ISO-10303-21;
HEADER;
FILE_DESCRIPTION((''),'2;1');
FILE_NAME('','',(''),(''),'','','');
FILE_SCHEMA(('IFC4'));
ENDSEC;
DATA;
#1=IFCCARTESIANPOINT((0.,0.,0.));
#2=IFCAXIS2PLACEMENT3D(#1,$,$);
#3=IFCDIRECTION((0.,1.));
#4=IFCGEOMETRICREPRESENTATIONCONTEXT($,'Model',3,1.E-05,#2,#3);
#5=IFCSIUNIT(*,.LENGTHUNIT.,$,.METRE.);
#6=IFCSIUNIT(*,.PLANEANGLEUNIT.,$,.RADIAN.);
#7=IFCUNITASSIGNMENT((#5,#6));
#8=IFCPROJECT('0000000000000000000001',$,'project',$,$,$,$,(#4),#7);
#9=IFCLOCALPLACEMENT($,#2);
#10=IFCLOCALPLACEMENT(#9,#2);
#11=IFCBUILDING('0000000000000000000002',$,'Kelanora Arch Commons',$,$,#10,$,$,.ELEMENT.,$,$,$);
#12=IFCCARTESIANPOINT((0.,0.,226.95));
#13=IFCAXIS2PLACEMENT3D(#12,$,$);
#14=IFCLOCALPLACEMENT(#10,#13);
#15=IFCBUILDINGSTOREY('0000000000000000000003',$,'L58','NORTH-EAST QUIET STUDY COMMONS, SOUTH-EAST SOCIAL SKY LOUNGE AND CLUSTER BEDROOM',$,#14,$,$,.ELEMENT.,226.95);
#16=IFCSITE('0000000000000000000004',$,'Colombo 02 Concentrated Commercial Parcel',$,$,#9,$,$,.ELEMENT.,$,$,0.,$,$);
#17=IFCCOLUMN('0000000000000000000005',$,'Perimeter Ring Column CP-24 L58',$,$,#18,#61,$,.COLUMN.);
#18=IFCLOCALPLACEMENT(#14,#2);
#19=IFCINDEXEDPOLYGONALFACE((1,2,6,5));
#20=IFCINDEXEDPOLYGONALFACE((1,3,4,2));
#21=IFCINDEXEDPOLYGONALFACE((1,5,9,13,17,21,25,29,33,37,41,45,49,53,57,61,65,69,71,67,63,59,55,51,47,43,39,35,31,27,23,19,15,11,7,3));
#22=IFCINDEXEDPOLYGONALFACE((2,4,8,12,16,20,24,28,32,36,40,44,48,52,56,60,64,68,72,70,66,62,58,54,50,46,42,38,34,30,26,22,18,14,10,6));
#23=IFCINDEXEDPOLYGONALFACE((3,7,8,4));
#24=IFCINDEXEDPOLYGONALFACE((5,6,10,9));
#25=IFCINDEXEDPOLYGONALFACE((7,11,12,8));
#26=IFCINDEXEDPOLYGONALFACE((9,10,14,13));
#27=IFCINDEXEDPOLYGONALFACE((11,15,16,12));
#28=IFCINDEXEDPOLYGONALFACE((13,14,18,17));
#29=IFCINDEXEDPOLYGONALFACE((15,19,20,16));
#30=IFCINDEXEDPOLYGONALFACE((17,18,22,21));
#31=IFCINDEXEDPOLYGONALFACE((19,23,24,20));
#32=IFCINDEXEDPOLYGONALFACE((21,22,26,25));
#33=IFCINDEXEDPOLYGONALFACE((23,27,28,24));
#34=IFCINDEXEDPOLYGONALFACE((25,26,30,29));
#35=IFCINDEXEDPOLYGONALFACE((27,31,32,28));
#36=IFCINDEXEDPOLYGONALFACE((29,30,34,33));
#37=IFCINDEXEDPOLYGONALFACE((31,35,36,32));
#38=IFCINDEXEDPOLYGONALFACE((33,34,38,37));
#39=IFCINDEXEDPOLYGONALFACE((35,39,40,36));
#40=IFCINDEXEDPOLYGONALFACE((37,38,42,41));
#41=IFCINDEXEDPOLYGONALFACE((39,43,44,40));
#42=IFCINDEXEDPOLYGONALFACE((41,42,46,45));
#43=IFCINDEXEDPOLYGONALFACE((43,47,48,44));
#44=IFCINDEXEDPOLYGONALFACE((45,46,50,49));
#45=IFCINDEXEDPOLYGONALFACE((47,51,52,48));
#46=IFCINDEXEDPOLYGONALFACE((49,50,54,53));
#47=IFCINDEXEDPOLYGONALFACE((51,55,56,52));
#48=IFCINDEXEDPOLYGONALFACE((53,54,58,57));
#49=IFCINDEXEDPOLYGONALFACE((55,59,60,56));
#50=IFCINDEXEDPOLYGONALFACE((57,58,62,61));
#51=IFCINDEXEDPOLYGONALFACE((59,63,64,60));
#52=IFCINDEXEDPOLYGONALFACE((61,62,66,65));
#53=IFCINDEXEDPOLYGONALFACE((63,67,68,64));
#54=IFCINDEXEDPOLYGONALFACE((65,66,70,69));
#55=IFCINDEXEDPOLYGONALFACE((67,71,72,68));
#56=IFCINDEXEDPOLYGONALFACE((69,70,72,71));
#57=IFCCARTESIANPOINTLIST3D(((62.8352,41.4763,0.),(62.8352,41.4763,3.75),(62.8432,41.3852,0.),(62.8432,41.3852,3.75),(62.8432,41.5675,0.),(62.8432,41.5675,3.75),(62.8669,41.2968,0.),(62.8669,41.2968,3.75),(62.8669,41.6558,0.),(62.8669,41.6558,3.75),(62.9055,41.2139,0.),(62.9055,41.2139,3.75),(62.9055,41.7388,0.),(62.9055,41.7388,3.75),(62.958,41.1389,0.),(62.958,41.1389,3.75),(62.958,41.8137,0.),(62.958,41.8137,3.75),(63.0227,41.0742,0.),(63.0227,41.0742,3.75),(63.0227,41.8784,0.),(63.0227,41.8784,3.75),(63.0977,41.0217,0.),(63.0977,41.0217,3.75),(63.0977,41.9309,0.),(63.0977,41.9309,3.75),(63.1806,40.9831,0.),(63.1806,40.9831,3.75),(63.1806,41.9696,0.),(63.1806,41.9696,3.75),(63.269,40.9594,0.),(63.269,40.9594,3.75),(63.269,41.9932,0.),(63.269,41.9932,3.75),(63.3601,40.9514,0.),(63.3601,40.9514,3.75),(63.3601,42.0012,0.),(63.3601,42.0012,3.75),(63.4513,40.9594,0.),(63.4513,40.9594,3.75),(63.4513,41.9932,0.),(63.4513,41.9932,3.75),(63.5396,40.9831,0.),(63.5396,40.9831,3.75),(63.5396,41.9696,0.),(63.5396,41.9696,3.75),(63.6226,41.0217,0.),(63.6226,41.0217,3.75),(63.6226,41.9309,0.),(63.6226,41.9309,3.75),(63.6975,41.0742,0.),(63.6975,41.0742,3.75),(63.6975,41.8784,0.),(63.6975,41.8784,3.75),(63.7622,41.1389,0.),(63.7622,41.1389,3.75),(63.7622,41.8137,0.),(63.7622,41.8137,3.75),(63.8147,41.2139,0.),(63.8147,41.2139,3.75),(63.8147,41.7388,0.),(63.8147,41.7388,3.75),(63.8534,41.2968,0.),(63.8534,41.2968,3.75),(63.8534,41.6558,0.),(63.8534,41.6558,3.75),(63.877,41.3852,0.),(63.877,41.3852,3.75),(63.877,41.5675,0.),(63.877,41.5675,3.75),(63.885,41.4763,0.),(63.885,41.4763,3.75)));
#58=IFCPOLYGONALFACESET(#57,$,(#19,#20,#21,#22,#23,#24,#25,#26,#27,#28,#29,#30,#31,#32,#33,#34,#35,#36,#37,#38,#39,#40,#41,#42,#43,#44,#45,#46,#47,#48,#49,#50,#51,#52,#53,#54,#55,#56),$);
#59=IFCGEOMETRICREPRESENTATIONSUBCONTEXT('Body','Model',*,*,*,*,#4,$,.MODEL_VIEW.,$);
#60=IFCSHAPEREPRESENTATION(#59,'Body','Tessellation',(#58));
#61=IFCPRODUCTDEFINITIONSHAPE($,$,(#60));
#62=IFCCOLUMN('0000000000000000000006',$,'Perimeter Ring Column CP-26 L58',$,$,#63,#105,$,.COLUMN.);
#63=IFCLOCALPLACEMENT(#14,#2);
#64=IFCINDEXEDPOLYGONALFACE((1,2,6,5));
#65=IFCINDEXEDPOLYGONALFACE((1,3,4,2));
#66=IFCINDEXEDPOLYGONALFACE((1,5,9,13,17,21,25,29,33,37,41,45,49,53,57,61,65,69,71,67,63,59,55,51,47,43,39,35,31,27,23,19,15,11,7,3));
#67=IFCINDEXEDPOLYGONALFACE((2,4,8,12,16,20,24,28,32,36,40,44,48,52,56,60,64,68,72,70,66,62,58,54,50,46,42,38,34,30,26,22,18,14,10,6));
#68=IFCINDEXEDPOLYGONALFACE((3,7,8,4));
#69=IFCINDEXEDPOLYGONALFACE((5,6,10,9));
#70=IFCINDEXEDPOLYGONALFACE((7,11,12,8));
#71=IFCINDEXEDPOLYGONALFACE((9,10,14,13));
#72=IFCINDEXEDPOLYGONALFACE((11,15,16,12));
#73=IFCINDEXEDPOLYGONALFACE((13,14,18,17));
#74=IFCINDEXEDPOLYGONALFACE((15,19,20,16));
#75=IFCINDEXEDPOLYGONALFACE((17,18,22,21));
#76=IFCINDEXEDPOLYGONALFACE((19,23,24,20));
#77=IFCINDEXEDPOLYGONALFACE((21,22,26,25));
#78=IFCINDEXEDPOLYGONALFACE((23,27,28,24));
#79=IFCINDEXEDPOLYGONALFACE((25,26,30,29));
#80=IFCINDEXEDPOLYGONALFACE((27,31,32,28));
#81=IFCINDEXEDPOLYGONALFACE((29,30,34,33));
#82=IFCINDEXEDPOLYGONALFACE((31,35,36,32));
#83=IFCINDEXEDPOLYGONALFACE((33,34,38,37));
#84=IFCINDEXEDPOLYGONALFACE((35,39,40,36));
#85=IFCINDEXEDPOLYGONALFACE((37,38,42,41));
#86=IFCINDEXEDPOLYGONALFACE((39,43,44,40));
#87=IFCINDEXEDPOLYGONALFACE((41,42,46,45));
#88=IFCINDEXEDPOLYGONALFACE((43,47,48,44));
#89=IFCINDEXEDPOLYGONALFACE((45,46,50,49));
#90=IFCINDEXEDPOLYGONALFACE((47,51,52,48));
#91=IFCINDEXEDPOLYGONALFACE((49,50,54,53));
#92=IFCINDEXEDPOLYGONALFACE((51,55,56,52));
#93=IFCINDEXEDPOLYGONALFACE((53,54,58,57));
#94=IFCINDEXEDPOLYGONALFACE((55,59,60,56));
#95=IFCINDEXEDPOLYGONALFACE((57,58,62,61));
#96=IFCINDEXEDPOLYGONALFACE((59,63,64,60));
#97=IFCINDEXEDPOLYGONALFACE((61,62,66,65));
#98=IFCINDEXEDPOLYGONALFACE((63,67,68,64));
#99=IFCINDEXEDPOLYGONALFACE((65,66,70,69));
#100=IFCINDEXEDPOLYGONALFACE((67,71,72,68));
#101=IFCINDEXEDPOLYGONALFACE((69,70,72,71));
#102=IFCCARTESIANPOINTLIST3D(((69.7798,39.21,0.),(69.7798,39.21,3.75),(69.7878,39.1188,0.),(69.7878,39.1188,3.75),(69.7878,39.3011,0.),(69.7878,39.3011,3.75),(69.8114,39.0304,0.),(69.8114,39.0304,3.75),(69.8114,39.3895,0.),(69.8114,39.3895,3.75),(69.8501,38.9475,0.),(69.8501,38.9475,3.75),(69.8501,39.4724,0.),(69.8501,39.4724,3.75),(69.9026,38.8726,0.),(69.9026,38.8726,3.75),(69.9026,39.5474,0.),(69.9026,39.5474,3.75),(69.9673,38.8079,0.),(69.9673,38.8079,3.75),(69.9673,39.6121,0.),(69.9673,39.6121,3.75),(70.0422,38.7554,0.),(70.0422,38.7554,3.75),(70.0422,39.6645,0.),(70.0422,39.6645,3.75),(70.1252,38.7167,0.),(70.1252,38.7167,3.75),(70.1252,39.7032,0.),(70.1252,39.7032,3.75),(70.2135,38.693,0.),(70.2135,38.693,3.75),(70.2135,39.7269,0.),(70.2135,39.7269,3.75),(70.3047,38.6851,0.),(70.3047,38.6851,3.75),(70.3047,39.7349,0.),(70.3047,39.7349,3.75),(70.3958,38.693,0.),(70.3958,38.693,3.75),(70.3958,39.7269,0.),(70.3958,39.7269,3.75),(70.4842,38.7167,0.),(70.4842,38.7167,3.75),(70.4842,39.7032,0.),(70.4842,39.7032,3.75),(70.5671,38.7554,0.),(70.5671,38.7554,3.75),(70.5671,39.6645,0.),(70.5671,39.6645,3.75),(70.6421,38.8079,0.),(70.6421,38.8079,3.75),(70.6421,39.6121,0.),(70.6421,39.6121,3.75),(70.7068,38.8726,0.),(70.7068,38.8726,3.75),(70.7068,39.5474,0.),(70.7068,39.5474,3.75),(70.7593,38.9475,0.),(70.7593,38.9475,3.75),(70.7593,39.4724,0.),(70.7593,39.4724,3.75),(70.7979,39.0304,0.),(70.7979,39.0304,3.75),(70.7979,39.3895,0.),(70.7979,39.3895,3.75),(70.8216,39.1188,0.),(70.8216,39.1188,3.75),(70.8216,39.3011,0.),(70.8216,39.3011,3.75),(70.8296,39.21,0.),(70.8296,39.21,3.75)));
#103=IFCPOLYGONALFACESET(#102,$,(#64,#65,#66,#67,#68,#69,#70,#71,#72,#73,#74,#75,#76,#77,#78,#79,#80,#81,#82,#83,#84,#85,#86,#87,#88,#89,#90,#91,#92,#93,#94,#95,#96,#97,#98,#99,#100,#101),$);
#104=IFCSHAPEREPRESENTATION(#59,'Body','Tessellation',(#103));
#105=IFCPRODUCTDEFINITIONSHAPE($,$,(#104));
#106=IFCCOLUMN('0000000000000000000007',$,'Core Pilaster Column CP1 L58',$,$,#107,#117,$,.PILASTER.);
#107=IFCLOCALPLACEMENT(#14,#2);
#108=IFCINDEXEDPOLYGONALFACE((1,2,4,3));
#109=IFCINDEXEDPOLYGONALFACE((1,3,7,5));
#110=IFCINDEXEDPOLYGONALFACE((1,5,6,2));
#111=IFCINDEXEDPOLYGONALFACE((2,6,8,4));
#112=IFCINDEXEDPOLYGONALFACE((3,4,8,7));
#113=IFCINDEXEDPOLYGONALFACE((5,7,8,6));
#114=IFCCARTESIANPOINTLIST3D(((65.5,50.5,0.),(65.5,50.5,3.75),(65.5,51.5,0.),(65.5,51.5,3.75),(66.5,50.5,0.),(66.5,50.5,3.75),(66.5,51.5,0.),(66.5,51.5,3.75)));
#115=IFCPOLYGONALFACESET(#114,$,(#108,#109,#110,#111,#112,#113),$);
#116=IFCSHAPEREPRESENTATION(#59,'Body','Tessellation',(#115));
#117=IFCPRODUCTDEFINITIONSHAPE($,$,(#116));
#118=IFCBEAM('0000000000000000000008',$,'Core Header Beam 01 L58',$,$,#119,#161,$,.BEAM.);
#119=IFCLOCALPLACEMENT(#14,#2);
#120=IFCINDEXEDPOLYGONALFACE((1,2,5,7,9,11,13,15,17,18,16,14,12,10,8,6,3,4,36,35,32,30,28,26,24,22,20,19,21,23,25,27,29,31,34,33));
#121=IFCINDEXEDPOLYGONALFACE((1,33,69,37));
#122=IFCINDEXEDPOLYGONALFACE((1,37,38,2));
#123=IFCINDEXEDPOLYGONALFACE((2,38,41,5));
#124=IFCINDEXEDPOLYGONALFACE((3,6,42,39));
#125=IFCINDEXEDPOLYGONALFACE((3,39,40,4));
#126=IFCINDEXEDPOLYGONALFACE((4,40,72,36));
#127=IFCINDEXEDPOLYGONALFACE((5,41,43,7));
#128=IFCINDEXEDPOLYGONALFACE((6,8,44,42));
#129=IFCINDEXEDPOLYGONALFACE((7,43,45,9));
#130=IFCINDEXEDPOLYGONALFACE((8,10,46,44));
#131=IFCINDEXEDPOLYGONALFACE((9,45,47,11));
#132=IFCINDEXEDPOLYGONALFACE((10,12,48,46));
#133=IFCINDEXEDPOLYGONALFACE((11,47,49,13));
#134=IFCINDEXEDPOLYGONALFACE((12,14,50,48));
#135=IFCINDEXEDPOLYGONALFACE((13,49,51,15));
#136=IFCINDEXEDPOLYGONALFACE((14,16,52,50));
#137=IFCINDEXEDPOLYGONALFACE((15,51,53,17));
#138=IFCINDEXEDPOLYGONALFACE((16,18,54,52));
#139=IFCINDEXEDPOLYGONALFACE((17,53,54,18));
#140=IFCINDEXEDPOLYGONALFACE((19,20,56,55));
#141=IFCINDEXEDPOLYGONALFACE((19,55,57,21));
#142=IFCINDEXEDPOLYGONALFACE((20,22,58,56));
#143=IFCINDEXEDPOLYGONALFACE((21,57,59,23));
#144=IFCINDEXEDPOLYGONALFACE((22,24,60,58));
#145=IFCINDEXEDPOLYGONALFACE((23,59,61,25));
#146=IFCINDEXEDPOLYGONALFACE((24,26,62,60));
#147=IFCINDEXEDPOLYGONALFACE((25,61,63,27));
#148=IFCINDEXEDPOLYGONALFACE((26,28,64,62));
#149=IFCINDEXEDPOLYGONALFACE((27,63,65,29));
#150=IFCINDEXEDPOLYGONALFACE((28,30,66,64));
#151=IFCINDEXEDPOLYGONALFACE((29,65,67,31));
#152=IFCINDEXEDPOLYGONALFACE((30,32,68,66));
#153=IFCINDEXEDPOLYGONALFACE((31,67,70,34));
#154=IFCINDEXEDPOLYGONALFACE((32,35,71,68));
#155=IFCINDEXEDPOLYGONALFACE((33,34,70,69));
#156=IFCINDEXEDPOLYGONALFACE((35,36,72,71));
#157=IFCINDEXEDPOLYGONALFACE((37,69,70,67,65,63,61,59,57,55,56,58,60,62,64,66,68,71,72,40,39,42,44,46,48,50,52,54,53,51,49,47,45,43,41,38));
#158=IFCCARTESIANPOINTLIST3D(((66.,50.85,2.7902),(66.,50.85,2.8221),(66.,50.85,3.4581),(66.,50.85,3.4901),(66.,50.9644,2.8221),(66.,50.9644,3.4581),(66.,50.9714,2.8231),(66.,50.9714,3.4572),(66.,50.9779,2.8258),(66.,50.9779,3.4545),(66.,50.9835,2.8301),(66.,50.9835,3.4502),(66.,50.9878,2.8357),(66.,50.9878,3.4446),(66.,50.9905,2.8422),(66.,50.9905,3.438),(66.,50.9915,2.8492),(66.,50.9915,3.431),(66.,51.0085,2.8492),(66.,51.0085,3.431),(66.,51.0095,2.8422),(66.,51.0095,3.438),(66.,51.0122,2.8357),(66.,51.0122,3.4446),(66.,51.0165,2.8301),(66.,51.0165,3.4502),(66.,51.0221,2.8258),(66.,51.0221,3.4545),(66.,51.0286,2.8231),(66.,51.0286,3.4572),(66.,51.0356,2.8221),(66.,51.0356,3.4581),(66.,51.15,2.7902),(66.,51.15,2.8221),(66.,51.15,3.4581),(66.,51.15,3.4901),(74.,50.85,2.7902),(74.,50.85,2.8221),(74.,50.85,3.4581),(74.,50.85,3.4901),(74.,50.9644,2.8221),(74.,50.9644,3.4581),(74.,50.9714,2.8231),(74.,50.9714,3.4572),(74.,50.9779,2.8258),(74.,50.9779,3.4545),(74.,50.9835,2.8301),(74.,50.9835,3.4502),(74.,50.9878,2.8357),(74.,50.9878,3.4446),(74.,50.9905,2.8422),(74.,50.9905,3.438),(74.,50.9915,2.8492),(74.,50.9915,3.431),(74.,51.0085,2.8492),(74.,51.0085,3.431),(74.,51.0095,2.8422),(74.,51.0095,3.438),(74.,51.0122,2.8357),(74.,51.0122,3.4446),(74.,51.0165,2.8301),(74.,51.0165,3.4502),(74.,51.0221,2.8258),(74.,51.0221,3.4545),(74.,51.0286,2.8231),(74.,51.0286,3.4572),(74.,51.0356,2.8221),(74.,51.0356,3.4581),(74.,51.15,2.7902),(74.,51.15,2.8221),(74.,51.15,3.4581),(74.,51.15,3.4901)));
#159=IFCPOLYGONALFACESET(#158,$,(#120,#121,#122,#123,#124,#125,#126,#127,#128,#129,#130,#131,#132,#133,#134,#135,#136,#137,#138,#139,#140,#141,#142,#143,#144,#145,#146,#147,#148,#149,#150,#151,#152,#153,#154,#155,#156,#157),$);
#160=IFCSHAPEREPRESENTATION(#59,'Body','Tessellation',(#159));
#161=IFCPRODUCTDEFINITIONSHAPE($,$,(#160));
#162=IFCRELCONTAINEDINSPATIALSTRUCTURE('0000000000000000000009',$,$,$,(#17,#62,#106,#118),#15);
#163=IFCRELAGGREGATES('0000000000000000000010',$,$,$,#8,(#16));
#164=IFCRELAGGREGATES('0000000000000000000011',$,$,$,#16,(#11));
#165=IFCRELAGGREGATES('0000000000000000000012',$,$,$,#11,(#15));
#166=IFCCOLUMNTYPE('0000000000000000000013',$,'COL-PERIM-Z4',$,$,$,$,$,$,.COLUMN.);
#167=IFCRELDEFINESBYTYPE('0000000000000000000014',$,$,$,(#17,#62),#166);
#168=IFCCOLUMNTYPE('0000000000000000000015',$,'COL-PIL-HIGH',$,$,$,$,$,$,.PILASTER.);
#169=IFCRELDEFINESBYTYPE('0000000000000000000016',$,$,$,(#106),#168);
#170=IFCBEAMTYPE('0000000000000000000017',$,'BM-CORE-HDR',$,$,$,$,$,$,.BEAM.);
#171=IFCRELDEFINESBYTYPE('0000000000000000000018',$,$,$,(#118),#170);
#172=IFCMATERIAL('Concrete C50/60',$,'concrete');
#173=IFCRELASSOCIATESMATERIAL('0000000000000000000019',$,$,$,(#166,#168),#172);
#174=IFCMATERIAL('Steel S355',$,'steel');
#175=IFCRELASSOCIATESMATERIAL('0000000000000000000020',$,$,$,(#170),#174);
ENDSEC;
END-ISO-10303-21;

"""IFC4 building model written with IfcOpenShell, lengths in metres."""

from ifc_helpers import new_model, si_unit, direction, frame, origin, origin_2d, place, context, subcontext, project, spatial, rectangle, circle, i_section, extrude, material, material_profile, profile_set, type_object, element, save


model = new_model("IFC4")

# Units and contexts
model_context = context("Model", 3, precision=1e-05, world=origin(), true_north=direction((0.0, 1.0)))
body_context = subcontext(model_context, "Body", "Model", "MODEL_VIEW")
ifc_project = project(units=[si_unit("LENGTHUNIT", "METRE"), si_unit("PLANEANGLEUNIT", "RADIAN")], contexts=[model_context])

# Site, building, storey
site_placement = place(None, origin())
site = spatial("IfcSite", under=ifc_project, at=site_placement, Name="Colombo 02 Concentrated Commercial Parcel", CompositionType="ELEMENT", RefElevation=0.0)
building_placement = place(site_placement, origin())
building = spatial("IfcBuilding", under=site, at=building_placement, Name="Kelanora Arch Commons", CompositionType="ELEMENT")
storey_placement = place(building_placement, frame((0.0, 0.0, 226.95)))
storey = spatial("IfcBuildingStorey", under=building, at=storey_placement, Name="L58", Description="NORTH-EAST QUIET STUDY COMMONS, SOUTH-EAST SOCIAL SKY LOUNGE AND CLUSTER BEDROOM", CompositionType="ELEMENT", Elevation=226.95)

# Columns
ifc_material_1 = material(Name="Concrete C50/60", Category="concrete")
ifc_material_profile_1 = material_profile(ifc_material_1, circle(Radius=0.5249, at=origin_2d()), Name="RCC1050")
ifc_profile_set_1 = profile_set([ifc_material_profile_1], Name="Concrete C50/60")
column_type_1 = type_object("IfcColumnType", Name="COL-PERIM-Z4", PredefinedType="COLUMN", material=ifc_profile_set_1)
for number, where, z_axis, x_axis, name in (
    (1, (63.3601, 41.4763, 0.0), (0.0, 0.0, 1.0), (1.0, 0.0, 0.0), "Perimeter Ring Column CP-24 L58"),
    (2, (70.3047, 39.21, 0.0), (0.0, 0.0, 1.0), (1.0, 0.0, 0.0), "Perimeter Ring Column CP-26 L58"),
):
    element("IfcColumn", number, at=place(storey_placement, frame(where, z_axis=z_axis, x_axis=x_axis)), inside=storey, type_object=column_type_1, Name=name, PredefinedType="COLUMN", context=body_context, shape_type="SweptSolid", body=[
        extrude(circle(Radius=0.5249, at=origin_2d()), origin(), (0.0, 0.0, 1.0), 3.75),
    ])
ifc_material_profile_2 = material_profile(ifc_material_1, rectangle(XDim=1.0, YDim=1.0, at=origin_2d()), Name="RC1000x1000")
ifc_profile_set_2 = profile_set([ifc_material_profile_2], Name="Concrete C50/60")
column_type_2 = type_object("IfcColumnType", Name="COL-PIL-HIGH", PredefinedType="PILASTER", material=ifc_profile_set_2)
column_placement = place(storey_placement, frame((66.0, 51.0, 0.0), z_axis=(0.0, 0.0, 1.0), x_axis=(1.0, 0.0, 0.0)))
element("IfcColumn", 3, at=column_placement, inside=storey, type_object=column_type_2, Name="Core Pilaster Column CP1 L58", PredefinedType="PILASTER", context=body_context, shape_type="SweptSolid", body=[
    extrude(rectangle(XDim=1.0, YDim=1.0, at=origin_2d()), origin(), (0.0, 0.0, 1.0), 3.75),
])

# Beam
ifc_material_2 = material(Name="Steel S355", Category="steel")
ifc_material_profile_3 = material_profile(ifc_material_2, i_section(OverallWidth=0.3, OverallDepth=0.7, WebThickness=0.0171, FlangeThickness=0.032, FilletRadius=0.0271, at=origin_2d()), Name="HEB700")
ifc_profile_set_3 = profile_set([ifc_material_profile_3], Name="Steel S355")
beam_type_1 = type_object("IfcBeamType", Name="BM-CORE-HDR", PredefinedType="BEAM", material=ifc_profile_set_3)
beam_1_placement = place(storey_placement, frame((66.0, 51.0, 3.1401), z_axis=(1.0, 0.0, 0.0), x_axis=(0.0, 1.0, 0.0)))
element("IfcBeam", 4, at=beam_1_placement, inside=storey, type_object=beam_type_1, Name="Core Header Beam 01 L58", PredefinedType="BEAM", context=body_context, shape_type="SweptSolid", body=[
    extrude(i_section(OverallWidth=0.3, OverallDepth=0.7, WebThickness=0.0171, FlangeThickness=0.032, FilletRadius=0.0271, at=origin_2d()), origin(), (0.0, 0.0, 1.0), 8.0),
])

save(model, "model.ifc")
